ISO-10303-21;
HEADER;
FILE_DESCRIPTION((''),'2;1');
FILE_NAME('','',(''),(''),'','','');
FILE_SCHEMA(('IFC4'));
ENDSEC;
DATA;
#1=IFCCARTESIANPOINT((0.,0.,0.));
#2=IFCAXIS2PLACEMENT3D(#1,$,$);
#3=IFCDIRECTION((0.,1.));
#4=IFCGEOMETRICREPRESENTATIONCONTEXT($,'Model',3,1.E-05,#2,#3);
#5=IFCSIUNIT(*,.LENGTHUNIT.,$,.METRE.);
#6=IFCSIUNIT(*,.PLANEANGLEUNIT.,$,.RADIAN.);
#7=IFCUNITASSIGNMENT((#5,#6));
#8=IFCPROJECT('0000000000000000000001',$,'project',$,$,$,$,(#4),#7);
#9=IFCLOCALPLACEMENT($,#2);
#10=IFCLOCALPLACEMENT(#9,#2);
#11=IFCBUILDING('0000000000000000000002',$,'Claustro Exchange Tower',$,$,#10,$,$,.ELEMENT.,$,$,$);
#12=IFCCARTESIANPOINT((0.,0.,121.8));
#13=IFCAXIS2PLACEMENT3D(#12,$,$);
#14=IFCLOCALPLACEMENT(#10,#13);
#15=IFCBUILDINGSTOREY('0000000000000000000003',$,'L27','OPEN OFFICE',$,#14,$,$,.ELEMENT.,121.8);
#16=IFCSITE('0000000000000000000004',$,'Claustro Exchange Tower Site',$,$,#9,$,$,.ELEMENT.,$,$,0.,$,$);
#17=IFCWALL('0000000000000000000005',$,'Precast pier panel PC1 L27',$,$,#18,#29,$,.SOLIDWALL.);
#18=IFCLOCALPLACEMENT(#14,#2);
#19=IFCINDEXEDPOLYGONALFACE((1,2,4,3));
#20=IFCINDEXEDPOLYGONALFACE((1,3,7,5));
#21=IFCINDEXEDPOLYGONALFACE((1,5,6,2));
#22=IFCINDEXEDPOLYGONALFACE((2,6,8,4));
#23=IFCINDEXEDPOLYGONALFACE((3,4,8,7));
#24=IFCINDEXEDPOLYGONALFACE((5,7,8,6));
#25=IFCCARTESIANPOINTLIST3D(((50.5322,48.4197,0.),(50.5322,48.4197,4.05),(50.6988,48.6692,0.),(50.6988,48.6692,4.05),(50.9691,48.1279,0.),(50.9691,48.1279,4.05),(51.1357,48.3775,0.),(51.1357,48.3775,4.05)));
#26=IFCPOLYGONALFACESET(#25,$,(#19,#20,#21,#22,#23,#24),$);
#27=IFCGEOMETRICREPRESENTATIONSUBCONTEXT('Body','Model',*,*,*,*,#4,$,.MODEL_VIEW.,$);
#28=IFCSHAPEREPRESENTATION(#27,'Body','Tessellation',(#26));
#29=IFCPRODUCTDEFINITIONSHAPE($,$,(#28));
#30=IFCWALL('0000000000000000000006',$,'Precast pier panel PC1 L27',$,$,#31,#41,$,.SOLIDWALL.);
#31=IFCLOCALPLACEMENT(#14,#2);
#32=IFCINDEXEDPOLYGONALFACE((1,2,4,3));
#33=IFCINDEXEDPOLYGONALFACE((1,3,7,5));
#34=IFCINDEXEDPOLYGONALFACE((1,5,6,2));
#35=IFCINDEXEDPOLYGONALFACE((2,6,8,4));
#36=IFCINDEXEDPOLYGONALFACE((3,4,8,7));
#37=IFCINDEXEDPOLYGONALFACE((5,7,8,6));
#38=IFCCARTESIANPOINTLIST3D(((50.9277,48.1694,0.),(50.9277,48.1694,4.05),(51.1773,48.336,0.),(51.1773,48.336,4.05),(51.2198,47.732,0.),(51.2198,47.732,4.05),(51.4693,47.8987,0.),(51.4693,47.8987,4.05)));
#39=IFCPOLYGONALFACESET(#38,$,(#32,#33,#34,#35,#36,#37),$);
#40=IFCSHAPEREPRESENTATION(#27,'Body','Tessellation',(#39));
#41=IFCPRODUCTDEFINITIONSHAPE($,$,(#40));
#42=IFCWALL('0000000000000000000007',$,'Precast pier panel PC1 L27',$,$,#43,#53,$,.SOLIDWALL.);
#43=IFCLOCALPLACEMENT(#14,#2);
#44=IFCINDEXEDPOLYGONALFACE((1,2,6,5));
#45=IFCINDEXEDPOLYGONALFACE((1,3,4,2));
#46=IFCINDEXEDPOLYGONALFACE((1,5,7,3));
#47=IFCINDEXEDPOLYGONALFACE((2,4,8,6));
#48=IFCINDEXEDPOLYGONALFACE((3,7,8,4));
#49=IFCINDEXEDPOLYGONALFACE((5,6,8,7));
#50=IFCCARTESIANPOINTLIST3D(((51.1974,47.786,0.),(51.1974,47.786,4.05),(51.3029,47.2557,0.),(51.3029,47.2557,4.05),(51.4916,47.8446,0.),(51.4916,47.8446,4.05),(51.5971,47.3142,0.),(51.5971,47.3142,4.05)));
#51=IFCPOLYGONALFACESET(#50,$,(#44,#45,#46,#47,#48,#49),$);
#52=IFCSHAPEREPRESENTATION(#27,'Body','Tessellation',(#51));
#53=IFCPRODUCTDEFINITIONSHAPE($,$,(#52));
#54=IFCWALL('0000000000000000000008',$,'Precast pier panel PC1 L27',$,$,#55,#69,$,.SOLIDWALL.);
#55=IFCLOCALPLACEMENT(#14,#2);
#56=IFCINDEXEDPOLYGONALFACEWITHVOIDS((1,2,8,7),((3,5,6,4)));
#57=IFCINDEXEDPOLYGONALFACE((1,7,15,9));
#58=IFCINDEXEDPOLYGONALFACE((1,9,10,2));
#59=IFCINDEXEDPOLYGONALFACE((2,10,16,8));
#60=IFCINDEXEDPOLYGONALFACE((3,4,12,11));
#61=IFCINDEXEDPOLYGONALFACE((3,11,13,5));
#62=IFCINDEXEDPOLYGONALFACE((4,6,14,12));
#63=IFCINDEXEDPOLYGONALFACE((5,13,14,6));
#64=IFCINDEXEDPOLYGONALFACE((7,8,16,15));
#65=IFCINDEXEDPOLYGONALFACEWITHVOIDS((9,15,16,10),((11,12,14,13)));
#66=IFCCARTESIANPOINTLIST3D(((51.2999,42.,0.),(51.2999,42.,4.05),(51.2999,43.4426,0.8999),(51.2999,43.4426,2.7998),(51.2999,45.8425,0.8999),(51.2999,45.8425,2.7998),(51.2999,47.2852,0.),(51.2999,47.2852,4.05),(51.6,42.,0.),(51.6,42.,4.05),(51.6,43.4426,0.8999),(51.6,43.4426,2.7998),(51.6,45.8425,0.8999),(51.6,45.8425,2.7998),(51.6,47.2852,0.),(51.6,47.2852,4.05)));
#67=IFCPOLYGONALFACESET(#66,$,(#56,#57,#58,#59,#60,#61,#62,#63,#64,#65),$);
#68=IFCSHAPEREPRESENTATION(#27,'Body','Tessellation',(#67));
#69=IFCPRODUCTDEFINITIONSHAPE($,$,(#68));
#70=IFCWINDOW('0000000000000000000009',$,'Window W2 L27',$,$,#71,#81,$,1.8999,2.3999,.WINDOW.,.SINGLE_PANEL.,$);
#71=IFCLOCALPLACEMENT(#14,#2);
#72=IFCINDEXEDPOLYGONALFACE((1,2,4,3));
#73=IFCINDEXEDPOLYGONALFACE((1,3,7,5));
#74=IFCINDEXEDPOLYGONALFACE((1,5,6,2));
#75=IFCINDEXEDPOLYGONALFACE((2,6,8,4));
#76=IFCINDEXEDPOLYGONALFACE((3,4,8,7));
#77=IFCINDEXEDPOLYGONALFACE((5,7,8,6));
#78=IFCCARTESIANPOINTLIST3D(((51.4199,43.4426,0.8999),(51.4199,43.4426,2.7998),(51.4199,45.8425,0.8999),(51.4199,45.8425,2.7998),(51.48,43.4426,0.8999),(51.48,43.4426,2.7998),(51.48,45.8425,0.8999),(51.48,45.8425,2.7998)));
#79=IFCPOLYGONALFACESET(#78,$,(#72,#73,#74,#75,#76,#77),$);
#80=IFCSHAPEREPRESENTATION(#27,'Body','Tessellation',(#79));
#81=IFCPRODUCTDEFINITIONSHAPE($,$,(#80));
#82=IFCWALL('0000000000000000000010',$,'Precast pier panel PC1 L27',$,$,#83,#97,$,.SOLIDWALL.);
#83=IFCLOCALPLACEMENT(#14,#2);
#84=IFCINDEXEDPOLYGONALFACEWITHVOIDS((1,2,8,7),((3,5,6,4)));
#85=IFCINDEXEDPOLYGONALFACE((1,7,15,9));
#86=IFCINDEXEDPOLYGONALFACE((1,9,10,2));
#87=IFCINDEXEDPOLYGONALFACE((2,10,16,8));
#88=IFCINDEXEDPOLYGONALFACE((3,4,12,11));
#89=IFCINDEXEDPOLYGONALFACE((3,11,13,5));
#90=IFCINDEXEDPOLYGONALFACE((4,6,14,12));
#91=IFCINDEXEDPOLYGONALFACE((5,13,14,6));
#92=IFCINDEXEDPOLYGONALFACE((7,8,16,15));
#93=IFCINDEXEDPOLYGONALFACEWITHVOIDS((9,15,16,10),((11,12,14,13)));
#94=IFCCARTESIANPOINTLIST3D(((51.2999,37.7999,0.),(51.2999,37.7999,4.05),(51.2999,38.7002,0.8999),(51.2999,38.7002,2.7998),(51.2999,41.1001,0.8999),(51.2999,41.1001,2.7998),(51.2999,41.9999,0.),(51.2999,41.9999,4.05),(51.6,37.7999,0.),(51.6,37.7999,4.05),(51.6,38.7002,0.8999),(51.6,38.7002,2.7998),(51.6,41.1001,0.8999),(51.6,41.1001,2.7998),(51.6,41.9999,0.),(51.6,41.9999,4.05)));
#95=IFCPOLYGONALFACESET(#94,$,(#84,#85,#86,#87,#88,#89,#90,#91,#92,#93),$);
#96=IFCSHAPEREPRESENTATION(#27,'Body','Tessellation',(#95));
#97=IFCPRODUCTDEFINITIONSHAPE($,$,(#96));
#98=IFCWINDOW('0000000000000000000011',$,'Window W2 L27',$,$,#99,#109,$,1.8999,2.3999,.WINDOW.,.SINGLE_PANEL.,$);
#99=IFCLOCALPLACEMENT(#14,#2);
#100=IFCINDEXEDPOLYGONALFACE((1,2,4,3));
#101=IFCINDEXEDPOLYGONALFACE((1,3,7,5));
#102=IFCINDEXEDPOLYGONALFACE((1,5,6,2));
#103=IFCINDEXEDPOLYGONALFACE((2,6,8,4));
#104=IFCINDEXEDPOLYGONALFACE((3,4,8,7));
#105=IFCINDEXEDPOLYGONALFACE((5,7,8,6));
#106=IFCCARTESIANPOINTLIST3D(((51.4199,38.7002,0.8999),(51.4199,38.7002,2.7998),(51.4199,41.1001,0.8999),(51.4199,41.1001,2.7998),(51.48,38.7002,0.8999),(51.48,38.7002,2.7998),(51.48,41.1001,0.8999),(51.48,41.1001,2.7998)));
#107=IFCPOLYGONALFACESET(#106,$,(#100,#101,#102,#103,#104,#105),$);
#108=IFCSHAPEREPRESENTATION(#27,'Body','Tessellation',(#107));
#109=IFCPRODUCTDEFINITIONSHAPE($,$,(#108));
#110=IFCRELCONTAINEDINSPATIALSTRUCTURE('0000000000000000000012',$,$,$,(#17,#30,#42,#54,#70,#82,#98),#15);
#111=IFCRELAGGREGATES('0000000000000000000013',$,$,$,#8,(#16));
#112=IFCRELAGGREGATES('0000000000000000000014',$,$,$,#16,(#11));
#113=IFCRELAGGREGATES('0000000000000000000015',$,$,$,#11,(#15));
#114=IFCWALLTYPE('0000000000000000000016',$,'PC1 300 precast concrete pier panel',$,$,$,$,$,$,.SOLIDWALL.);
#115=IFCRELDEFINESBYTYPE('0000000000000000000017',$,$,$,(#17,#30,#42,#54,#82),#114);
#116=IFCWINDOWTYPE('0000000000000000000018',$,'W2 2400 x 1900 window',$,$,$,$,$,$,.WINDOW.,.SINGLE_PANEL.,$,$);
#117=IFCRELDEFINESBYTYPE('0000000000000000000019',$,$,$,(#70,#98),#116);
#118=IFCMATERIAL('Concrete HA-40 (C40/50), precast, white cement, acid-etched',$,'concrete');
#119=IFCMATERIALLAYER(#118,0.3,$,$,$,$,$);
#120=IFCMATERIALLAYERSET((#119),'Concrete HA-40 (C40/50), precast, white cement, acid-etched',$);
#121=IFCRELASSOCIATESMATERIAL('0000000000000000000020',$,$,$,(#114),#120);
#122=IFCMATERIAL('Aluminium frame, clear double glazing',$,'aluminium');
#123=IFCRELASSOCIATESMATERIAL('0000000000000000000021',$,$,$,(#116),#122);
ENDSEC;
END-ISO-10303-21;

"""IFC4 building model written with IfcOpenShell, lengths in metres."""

from ifc_helpers import new_model, si_unit, direction, frame, frame_2d, origin, place, context, subcontext, project, spatial, rectangle, extrude, material, layer, layer_set, type_object, element, fill, save


model = new_model("IFC4")

# Units and contexts
model_context = context("Model", 3, precision=1e-05, world=origin(), true_north=direction((0.0, 1.0)))
body_context = subcontext(model_context, "Body", "Model", "MODEL_VIEW")
ifc_project = project(units=[si_unit("LENGTHUNIT", "METRE"), si_unit("PLANEANGLEUNIT", "RADIAN")], contexts=[model_context])

# Site, building, storey
site_placement = place(None, origin())
site = spatial("IfcSite", under=ifc_project, at=site_placement, Name="Claustro Exchange Tower Site", CompositionType="ELEMENT", RefElevation=0.0)
building_placement = place(site_placement, origin())
building = spatial("IfcBuilding", under=site, at=building_placement, Name="Claustro Exchange Tower", CompositionType="ELEMENT")
storey_placement = place(building_placement, frame((0.0, 0.0, 121.8)))
storey = spatial("IfcBuildingStorey", under=building, at=storey_placement, Name="L27", Description="OPEN OFFICE", CompositionType="ELEMENT", Elevation=121.8)

# Shared definitions
ifc_material_1 = material(Name="Concrete HA-40 (C40/50), precast, white cement, acid-etched", Category="concrete")
ifc_layer_1 = layer(ifc_material_1, 0.3)
ifc_layer_set_1 = layer_set([ifc_layer_1], Name="Concrete HA-40 (C40/50), precast, white cement, acid-etched")
wall_type_1 = type_object("IfcWallType", Name="PC1 300 precast concrete pier panel", PredefinedType="SOLIDWALL", material=ifc_layer_set_1)

# Walls
wall_1_placement = place(storey_placement, frame((50.6155, 48.5444, 0.0), z_axis=(0.0, 0.0, 1.0), x_axis=(0.831693, -0.555236, 0.0)))
element("IfcWall", 1, at=wall_1_placement, inside=storey, type_object=wall_type_1, Name="Precast pier panel PC1 L27", PredefinedType="SOLIDWALL", context=body_context, shape_type="SweptSolid", body=[
    extrude(rectangle(XDim=0.5254, YDim=0.3, at=frame_2d((0.2627, 0.0))), origin(), (0.0, 0.0, 1.0), 4.05),
])
wall_2_placement = place(storey_placement, frame((51.0525, 48.2527, 0.0), z_axis=(0.0, 0.0, 1.0), x_axis=(0.555343, -0.831621, 0.0)))
element("IfcWall", 2, at=wall_2_placement, inside=storey, type_object=wall_type_1, Name="Precast pier panel PC1 L27", PredefinedType="SOLIDWALL", context=body_context, shape_type="SweptSolid", body=[
    extrude(rectangle(XDim=0.5259, YDim=0.3, at=frame_2d((0.2629, 0.0))), origin(), (0.0, 0.0, 1.0), 4.05),
])
wall_3_placement = place(storey_placement, frame((51.3445, 47.8154, 0.0), z_axis=(0.0, 0.0, 1.0), x_axis=(0.195074, -0.980789, 0.0)))
element("IfcWall", 3, at=wall_3_placement, inside=storey, type_object=wall_type_1, Name="Precast pier panel PC1 L27", PredefinedType="SOLIDWALL", context=body_context, shape_type="SweptSolid", body=[
    extrude(rectangle(XDim=0.5408, YDim=0.3, at=frame_2d((0.2705, 0.0))), origin(), (0.0, 0.0, 1.0), 4.05),
])

# Walls, openings, windows
wall_4_placement = place(storey_placement, frame((51.45, 47.2852, 0.0), z_axis=(0.0, 0.0, 1.0), x_axis=(0.0, -1.0, 0.0)))
wall_4 = element("IfcWall", 4, at=wall_4_placement, inside=storey, type_object=wall_type_1, Name="Precast pier panel PC1 L27", PredefinedType="SOLIDWALL", context=body_context, shape_type="SweptSolid", body=[
    extrude(rectangle(XDim=5.2852, YDim=0.3, at=frame_2d((2.6426, 0.0))), origin(), (0.0, 0.0, 1.0), 4.05),
])
opening_1_placement = place(wall_4_placement, frame((1.4426, 0.0, 0.8999)))
opening_1 = element("IfcOpeningElement", 5, at=opening_1_placement, cuts=wall_4, PredefinedType="OPENING", context=body_context, shape_type="SweptSolid", body=[
    extrude(rectangle(XDim=2.3999, YDim=1.8999, at=frame_2d((1.2, 0.95))), frame((0.0, 0.1599, 0.0), z_axis=(0.0, -1.0, 0.0), x_axis=(1.0, 0.0, 0.0)), (0.0, 0.0, 1.0), 0.3201),
])
ifc_material_2 = material(Name="Aluminium frame, clear double glazing", Category="aluminium")
window_type_1 = type_object("IfcWindowType", Name="W2 2400 x 1900 window", PartitioningType="SINGLE_PANEL", PredefinedType="WINDOW", material=ifc_material_2)
window_1_placement = place(opening_1_placement, origin())
window_1 = element("IfcWindow", 6, at=window_1_placement, inside=storey, type_object=window_type_1, Name="Window W2 L27", OverallHeight=1.8999, OverallWidth=2.3999, PartitioningType="SINGLE_PANEL", PredefinedType="WINDOW", context=body_context, shape_type="SweptSolid", body=[
    extrude(rectangle(XDim=2.3999, YDim=1.8999, at=frame_2d((1.2, 0.95))), frame((0.0, 0.03, 0.0), z_axis=(0.0, -1.0, 0.0), x_axis=(1.0, 0.0, 0.0)), (0.0, 0.0, 1.0), 0.0601),
])
fill(opening_1, window_1)
wall_5_placement = place(storey_placement, frame((51.45, 42.0, 0.0), z_axis=(0.0, 0.0, 1.0), x_axis=(0.0, -1.0, 0.0)))
wall_5 = element("IfcWall", 7, at=wall_5_placement, inside=storey, type_object=wall_type_1, Name="Precast pier panel PC1 L27", PredefinedType="SOLIDWALL", context=body_context, shape_type="SweptSolid", body=[
    extrude(rectangle(XDim=4.2, YDim=0.3, at=frame_2d((2.1001, 0.0))), origin(), (0.0, 0.0, 1.0), 4.05),
])
opening_2_placement = place(wall_5_placement, frame((0.8999, 0.0, 0.8999)))
opening_2 = element("IfcOpeningElement", 8, at=opening_2_placement, cuts=wall_5, PredefinedType="OPENING", context=body_context, shape_type="SweptSolid", body=[
    extrude(rectangle(XDim=2.3999, YDim=1.8999, at=frame_2d((1.2, 0.95))), frame((0.0, 0.1599, 0.0), z_axis=(0.0, -1.0, 0.0), x_axis=(1.0, 0.0, 0.0)), (0.0, 0.0, 1.0), 0.3201),
])
window_2_placement = place(opening_2_placement, origin())
window_2 = element("IfcWindow", 9, at=window_2_placement, inside=storey, type_object=window_type_1, Name="Window W2 L27", OverallHeight=1.8999, OverallWidth=2.3999, PartitioningType="SINGLE_PANEL", PredefinedType="WINDOW", context=body_context, shape_type="SweptSolid", body=[
    extrude(rectangle(XDim=2.3999, YDim=1.8999, at=frame_2d((1.2, 0.95))), frame((0.0, 0.03, 0.0), z_axis=(0.0, -1.0, 0.0), x_axis=(1.0, 0.0, 0.0)), (0.0, 0.0, 1.0), 0.0601),
])
fill(opening_2, window_2)

save(model, "model.ifc")
